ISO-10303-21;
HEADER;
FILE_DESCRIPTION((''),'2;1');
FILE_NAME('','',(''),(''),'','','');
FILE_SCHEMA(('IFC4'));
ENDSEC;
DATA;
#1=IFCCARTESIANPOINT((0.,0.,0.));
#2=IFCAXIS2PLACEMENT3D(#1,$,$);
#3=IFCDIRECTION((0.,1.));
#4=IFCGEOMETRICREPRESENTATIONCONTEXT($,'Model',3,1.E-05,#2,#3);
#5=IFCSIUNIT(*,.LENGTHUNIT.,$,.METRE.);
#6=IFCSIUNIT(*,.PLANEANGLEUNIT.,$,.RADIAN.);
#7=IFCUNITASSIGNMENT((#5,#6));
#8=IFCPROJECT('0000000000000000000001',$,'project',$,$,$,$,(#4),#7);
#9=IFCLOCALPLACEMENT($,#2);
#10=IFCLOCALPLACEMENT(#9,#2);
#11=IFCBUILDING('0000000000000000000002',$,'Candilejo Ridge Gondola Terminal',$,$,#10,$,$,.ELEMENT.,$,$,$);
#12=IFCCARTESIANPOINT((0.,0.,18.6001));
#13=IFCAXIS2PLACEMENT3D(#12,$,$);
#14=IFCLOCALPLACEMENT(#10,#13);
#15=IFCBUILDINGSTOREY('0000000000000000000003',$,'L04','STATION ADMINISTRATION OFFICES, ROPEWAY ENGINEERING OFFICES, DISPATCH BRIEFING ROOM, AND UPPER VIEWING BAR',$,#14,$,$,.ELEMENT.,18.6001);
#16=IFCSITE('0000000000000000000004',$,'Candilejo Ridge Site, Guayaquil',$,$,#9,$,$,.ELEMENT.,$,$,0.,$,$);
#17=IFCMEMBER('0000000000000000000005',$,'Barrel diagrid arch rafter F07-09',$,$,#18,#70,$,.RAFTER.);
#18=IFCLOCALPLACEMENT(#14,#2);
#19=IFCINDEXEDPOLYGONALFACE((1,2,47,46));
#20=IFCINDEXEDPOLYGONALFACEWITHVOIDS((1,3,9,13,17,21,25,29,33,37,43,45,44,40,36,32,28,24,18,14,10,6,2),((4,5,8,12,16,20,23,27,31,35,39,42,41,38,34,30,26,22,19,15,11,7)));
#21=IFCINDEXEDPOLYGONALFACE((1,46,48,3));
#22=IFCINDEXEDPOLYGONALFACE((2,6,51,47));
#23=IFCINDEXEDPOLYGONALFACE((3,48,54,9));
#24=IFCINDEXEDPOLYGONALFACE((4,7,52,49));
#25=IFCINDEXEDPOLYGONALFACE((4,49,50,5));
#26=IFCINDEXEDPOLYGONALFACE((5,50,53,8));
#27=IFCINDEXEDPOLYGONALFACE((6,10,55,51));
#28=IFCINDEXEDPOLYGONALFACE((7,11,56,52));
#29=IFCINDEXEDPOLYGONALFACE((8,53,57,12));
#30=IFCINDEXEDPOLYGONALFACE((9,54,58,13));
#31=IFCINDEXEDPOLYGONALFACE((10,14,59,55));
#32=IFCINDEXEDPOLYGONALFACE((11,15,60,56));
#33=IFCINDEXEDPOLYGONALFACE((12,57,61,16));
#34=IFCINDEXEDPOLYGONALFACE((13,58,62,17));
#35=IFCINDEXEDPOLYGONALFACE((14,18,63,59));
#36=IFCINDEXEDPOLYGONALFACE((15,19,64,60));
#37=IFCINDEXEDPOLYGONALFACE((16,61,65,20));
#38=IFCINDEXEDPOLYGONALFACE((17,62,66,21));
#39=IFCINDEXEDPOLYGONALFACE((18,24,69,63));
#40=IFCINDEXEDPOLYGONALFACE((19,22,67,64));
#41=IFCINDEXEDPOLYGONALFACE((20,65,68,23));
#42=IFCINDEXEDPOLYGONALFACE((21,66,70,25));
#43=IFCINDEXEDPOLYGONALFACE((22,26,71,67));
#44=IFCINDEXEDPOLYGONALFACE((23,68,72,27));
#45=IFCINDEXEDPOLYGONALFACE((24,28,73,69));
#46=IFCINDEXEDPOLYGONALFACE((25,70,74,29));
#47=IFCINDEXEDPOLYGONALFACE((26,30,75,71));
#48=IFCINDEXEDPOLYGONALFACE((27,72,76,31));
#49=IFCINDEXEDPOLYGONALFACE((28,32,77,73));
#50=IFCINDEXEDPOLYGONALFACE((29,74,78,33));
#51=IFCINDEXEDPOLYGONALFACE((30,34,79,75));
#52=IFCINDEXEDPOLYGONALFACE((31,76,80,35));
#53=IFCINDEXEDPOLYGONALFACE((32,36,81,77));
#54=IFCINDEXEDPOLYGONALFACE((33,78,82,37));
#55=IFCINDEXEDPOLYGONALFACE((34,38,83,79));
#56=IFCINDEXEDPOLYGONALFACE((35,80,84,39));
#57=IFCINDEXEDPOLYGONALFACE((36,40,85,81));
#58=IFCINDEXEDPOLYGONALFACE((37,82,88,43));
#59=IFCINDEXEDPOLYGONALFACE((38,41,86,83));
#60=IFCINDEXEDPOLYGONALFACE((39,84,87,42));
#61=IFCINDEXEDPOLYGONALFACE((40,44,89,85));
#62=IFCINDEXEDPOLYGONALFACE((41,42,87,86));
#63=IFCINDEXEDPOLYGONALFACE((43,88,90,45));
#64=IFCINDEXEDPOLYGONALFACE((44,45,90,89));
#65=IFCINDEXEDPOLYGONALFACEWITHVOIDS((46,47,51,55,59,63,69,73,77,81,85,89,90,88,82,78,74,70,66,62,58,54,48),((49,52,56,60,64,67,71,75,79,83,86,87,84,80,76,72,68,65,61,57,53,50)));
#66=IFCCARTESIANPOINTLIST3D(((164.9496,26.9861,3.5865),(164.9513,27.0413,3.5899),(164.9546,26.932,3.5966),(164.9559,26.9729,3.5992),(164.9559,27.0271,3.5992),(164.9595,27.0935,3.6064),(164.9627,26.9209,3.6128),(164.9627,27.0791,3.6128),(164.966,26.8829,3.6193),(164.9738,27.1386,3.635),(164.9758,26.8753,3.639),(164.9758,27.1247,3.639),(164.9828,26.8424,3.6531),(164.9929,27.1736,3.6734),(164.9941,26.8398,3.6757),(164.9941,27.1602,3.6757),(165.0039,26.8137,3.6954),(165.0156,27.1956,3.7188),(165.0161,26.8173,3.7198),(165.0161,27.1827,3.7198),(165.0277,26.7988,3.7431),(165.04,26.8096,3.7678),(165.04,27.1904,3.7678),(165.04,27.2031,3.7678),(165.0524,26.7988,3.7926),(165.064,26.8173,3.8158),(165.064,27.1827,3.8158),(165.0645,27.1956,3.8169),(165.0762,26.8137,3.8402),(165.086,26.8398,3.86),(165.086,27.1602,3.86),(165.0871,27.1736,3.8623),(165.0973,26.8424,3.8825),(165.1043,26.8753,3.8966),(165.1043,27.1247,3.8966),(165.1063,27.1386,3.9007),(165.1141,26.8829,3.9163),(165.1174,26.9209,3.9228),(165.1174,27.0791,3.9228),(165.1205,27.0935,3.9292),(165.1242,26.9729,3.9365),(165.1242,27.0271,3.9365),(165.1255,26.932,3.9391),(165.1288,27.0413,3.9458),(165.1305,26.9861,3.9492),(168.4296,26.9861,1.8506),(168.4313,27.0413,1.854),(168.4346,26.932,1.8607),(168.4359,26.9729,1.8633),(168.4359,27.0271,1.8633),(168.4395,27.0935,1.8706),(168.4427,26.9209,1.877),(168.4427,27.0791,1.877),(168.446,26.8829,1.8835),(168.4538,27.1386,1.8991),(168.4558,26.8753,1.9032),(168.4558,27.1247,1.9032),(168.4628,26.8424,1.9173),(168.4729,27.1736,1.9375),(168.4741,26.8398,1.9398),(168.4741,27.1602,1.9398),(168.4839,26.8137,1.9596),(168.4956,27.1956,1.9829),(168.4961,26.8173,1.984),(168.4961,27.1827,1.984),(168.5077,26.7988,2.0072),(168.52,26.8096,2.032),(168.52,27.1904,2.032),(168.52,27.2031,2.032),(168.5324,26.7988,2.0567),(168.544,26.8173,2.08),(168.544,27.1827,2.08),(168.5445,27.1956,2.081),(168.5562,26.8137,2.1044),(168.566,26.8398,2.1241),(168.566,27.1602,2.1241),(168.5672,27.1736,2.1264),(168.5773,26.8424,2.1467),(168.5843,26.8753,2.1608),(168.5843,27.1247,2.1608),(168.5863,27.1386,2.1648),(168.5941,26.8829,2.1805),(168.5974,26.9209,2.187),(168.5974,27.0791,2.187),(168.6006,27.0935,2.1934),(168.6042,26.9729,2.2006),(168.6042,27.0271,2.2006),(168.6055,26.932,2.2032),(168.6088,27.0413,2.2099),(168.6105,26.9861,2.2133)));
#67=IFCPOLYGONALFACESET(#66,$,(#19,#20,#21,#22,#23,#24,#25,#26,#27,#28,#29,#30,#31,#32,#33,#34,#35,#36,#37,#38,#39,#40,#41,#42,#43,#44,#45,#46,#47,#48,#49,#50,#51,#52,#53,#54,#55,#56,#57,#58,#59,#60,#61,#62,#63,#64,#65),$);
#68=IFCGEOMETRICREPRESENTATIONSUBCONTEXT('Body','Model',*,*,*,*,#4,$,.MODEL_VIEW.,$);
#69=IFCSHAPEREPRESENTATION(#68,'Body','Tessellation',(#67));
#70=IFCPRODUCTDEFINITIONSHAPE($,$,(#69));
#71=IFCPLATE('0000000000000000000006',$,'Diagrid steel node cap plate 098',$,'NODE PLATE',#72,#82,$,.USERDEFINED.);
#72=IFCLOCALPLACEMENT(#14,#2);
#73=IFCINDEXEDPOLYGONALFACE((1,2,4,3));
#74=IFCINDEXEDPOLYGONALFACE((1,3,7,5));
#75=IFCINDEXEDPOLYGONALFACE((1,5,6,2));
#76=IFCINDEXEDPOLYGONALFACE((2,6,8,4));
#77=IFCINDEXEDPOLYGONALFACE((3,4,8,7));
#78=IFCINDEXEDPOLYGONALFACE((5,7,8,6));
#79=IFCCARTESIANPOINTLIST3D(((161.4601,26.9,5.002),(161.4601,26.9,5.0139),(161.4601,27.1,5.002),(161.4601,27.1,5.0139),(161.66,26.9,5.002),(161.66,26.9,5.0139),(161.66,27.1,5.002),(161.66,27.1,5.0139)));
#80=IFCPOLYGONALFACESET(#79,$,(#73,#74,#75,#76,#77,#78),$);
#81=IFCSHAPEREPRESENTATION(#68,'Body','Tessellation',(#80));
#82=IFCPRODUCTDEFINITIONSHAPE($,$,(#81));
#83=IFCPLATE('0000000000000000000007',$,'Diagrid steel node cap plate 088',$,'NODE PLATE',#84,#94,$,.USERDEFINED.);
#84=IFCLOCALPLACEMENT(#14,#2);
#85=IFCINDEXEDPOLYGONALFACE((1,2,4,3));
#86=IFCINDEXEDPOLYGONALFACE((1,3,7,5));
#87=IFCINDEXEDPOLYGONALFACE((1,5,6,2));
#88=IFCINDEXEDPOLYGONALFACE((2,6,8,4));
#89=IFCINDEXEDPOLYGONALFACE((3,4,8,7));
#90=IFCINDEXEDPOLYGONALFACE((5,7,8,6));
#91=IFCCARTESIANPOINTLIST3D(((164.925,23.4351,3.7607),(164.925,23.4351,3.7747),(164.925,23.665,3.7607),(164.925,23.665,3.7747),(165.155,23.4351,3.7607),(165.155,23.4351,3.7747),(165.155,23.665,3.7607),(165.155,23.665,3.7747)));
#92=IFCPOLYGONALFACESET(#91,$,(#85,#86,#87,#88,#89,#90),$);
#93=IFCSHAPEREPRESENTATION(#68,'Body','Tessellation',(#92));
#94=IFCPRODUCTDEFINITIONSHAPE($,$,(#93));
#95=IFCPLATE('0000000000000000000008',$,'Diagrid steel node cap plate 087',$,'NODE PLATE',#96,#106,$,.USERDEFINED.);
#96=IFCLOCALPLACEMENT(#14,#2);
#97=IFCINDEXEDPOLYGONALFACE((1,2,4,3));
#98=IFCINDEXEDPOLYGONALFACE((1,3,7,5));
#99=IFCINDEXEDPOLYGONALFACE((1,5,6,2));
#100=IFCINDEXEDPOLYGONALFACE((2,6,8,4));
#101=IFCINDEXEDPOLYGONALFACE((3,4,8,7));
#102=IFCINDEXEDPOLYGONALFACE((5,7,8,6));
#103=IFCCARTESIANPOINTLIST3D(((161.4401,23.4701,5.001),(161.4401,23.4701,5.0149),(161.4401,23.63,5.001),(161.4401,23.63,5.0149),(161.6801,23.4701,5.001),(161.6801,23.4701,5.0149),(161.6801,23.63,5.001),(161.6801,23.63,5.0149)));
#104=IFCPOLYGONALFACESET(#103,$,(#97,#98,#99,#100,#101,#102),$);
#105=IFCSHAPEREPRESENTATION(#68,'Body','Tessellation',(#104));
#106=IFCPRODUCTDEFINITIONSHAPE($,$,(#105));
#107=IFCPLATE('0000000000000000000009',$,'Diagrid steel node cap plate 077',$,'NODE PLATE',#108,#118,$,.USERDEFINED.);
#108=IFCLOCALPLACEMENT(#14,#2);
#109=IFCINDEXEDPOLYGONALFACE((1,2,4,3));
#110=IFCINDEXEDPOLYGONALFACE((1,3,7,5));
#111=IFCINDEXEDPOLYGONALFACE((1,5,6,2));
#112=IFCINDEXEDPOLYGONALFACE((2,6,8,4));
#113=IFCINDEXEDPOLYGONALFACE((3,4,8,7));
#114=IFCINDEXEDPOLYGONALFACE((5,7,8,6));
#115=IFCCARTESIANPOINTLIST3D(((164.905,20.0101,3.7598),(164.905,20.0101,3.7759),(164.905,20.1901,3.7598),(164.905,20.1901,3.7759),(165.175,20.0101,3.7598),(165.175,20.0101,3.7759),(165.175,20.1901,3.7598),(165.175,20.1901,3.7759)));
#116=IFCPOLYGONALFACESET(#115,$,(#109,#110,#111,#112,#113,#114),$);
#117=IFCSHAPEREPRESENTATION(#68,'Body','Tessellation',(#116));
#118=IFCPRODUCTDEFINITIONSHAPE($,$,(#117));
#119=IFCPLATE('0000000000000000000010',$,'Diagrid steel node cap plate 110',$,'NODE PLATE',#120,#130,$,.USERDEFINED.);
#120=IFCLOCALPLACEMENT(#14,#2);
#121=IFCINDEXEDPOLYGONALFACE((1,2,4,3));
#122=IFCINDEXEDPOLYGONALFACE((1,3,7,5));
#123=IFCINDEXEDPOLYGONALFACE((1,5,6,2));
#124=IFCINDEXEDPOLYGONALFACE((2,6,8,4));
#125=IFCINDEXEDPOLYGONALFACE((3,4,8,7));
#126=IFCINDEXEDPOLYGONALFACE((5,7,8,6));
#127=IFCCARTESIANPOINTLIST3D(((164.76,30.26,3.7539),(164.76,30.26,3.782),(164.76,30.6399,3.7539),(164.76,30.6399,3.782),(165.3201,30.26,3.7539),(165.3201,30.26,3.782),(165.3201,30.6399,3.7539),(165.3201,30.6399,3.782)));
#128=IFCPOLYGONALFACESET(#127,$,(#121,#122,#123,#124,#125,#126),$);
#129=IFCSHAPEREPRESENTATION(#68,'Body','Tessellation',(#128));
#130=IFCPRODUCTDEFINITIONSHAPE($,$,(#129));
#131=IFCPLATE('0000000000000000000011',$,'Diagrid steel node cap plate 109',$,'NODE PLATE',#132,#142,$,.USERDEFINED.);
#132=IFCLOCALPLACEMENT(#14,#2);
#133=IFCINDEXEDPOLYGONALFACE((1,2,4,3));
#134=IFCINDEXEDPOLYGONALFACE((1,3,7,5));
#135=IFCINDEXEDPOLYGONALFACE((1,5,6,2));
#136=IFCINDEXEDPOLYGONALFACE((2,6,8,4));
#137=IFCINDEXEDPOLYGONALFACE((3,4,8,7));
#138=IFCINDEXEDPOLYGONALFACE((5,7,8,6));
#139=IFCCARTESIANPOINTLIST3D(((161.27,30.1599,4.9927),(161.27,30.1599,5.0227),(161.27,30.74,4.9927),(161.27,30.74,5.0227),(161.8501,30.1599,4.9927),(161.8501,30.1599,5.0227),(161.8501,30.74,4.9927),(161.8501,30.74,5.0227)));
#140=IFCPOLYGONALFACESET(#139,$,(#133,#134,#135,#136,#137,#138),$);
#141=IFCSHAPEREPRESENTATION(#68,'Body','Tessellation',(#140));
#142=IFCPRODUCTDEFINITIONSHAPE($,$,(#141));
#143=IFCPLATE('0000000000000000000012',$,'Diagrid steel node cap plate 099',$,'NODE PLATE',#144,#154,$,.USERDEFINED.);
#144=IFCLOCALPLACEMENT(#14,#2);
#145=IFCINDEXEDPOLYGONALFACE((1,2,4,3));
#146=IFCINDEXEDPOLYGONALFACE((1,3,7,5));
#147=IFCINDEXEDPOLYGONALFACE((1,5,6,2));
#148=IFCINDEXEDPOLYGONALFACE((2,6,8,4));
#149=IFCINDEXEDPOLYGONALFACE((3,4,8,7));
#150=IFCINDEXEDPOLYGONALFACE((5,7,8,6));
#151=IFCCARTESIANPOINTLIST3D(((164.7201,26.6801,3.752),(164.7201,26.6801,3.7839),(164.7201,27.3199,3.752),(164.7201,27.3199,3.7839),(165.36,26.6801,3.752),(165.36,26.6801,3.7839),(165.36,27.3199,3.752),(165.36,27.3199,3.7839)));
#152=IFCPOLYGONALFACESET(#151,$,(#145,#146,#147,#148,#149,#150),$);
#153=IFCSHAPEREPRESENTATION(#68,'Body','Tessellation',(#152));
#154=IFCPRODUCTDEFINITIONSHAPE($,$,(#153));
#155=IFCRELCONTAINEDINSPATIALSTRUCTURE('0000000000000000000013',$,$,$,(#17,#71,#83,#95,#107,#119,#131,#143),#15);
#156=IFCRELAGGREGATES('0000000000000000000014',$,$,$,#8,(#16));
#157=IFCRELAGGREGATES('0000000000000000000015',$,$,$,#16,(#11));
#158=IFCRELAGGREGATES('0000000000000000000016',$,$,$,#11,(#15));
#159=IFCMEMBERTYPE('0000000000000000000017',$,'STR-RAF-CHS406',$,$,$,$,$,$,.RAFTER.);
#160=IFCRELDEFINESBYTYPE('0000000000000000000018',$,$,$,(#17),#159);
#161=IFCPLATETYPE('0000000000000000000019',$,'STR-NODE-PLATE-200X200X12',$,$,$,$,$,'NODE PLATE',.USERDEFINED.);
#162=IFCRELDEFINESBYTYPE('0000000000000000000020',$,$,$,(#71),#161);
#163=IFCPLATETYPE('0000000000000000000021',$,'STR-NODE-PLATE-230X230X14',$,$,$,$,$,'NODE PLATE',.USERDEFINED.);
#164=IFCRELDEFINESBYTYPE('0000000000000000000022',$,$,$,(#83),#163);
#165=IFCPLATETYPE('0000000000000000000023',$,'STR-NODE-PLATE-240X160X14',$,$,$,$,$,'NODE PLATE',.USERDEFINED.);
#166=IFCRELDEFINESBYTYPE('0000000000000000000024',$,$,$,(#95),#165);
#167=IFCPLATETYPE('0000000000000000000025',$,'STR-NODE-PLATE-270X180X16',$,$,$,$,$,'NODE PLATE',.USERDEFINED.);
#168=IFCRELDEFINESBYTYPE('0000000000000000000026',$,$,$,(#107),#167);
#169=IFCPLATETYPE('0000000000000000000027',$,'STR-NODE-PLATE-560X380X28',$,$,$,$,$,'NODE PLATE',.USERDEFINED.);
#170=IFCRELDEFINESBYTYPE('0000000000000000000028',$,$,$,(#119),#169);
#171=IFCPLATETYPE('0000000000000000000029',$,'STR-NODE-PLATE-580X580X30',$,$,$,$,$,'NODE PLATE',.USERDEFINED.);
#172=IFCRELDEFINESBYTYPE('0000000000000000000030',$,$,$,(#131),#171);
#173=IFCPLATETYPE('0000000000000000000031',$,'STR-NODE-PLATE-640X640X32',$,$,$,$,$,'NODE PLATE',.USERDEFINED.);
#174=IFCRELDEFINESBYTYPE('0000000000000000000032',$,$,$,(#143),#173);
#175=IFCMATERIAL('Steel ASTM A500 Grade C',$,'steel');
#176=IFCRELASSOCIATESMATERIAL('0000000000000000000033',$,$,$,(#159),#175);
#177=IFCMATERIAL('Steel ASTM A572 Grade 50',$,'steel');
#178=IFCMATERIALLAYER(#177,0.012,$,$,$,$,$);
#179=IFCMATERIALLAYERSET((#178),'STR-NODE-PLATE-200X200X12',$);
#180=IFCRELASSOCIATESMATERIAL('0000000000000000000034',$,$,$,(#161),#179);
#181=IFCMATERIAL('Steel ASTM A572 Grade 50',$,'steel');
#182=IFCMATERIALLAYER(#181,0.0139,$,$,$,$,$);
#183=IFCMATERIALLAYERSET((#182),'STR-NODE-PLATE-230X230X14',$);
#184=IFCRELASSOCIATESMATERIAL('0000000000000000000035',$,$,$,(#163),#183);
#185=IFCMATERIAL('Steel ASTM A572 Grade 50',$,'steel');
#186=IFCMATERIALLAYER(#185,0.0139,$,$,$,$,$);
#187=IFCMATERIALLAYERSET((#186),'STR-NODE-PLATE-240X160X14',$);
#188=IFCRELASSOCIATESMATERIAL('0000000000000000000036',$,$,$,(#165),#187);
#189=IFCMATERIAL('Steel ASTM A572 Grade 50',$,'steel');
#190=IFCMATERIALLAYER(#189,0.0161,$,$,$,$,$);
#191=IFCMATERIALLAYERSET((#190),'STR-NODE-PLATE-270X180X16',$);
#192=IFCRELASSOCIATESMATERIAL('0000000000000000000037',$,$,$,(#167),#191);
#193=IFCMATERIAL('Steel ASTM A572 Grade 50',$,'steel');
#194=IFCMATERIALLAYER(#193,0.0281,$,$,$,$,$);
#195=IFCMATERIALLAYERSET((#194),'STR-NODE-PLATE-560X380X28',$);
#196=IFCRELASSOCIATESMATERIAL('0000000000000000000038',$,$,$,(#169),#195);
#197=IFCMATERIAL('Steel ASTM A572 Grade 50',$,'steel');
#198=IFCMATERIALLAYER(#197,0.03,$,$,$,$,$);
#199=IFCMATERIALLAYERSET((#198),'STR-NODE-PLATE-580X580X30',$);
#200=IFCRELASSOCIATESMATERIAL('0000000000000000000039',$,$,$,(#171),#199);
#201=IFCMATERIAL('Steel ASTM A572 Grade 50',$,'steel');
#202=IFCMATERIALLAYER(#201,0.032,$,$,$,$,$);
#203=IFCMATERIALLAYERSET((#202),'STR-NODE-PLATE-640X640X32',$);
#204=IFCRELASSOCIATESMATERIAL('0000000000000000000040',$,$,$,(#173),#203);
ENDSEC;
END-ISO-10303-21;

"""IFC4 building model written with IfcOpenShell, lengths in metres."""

from ifc_helpers import new_model, si_unit, direction, frame, origin, origin_2d, place, context, subcontext, project, spatial, rectangle, hollow_circle, extrude, material, layer, layer_set, material_profile, profile_set, type_object, element, save


model = new_model("IFC4")

# Units and contexts
model_context = context("Model", 3, precision=1e-05, world=origin(), true_north=direction((0.0, 1.0)))
body_context = subcontext(model_context, "Body", "Model", "MODEL_VIEW")
ifc_project = project(units=[si_unit("LENGTHUNIT", "METRE"), si_unit("PLANEANGLEUNIT", "RADIAN")], contexts=[model_context])

# Site, building, storey
site_placement = place(None, origin())
site = spatial("IfcSite", under=ifc_project, at=site_placement, Name="Candilejo Ridge Site, Guayaquil", CompositionType="ELEMENT", RefElevation=0.0)
building_placement = place(site_placement, origin())
building = spatial("IfcBuilding", under=site, at=building_placement, Name="Candilejo Ridge Gondola Terminal", CompositionType="ELEMENT")
storey_placement = place(building_placement, frame((0.0, 0.0, 18.6001)))
storey = spatial("IfcBuildingStorey", under=building, at=storey_placement, Name="L04", Description="STATION ADMINISTRATION OFFICES, ROPEWAY ENGINEERING OFFICES, DISPATCH BRIEFING ROOM, AND UPPER VIEWING BAR", CompositionType="ELEMENT", Elevation=18.6001)

# Member
ifc_material_1 = material(Name="Steel ASTM A500 Grade C", Category="steel")
ifc_material_profile_1 = material_profile(ifc_material_1, hollow_circle(Radius=0.2031, WallThickness=0.0127, at=origin_2d()))
ifc_profile_set_1 = profile_set([ifc_material_profile_1], Name="Steel ASTM A500 Grade C")
member_type_1 = type_object("IfcMemberType", Name="STR-RAF-CHS406", PredefinedType="RAFTER", material=ifc_profile_set_1)
member_1_placement = place(storey_placement, frame((165.04, 27.0, 3.7678), z_axis=(0.894854, 0.0, -0.44636), x_axis=(0.0, 1.0, 0.0)))
element("IfcMember", 1, at=member_1_placement, inside=storey, type_object=member_type_1, Name="Barrel diagrid arch rafter F07-09", PredefinedType="RAFTER", context=body_context, shape_type="SweptSolid", body=[
    extrude(hollow_circle(Radius=0.2031, WallThickness=0.0127, at=origin_2d()), origin(), (0.0, 0.0, 1.0), 3.8889),
])

# Plates
ifc_material_2 = material(Name="Steel ASTM A572 Grade 50", Category="steel")
ifc_layer_1 = layer(ifc_material_2, 0.012)
ifc_layer_set_1 = layer_set([ifc_layer_1], Name="STR-NODE-PLATE-200X200X12")
plate_type_1 = type_object("IfcPlateType", Name="STR-NODE-PLATE-200X200X12", ElementType="NODE PLATE", PredefinedType="USERDEFINED", material=ifc_layer_set_1)
plate_1_placement = place(storey_placement, frame((161.5601, 27.0, 5.002), z_axis=(0.0, 0.0, 1.0), x_axis=(1.0, 0.0, 0.0)))
element("IfcPlate", 2, at=plate_1_placement, inside=storey, type_object=plate_type_1, Name="Diagrid steel node cap plate 098", ObjectType="NODE PLATE", PredefinedType="USERDEFINED", context=body_context, shape_type="SweptSolid", body=[
    extrude(rectangle(XDim=0.2, YDim=0.2, at=origin_2d()), origin(), (0.0, 0.0, 1.0), 0.012),
])
ifc_material_3 = material(Name="Steel ASTM A572 Grade 50", Category="steel")
ifc_layer_2 = layer(ifc_material_3, 0.0139)
ifc_layer_set_2 = layer_set([ifc_layer_2], Name="STR-NODE-PLATE-230X230X14")
plate_type_2 = type_object("IfcPlateType", Name="STR-NODE-PLATE-230X230X14", ElementType="NODE PLATE", PredefinedType="USERDEFINED", material=ifc_layer_set_2)
plate_2_placement = place(storey_placement, frame((165.04, 23.55, 3.7607), z_axis=(0.0, 0.0, 1.0), x_axis=(1.0, 0.0, 0.0)))
element("IfcPlate", 3, at=plate_2_placement, inside=storey, type_object=plate_type_2, Name="Diagrid steel node cap plate 088", ObjectType="NODE PLATE", PredefinedType="USERDEFINED", context=body_context, shape_type="SweptSolid", body=[
    extrude(rectangle(XDim=0.23, YDim=0.23, at=origin_2d()), origin(), (0.0, 0.0, 1.0), 0.0139),
])
ifc_material_4 = material(Name="Steel ASTM A572 Grade 50", Category="steel")
ifc_layer_3 = layer(ifc_material_4, 0.0139)
ifc_layer_set_3 = layer_set([ifc_layer_3], Name="STR-NODE-PLATE-240X160X14")
plate_type_3 = type_object("IfcPlateType", Name="STR-NODE-PLATE-240X160X14", ElementType="NODE PLATE", PredefinedType="USERDEFINED", material=ifc_layer_set_3)
plate_3_placement = place(storey_placement, frame((161.5601, 23.55, 5.001), z_axis=(0.0, 0.0, 1.0), x_axis=(1.0, 0.0, 0.0)))
element("IfcPlate", 4, at=plate_3_placement, inside=storey, type_object=plate_type_3, Name="Diagrid steel node cap plate 087", ObjectType="NODE PLATE", PredefinedType="USERDEFINED", context=body_context, shape_type="SweptSolid", body=[
    extrude(rectangle(XDim=0.24, YDim=0.1599, at=origin_2d()), origin(), (0.0, 0.0, 1.0), 0.0139),
])
ifc_material_5 = material(Name="Steel ASTM A572 Grade 50", Category="steel")
ifc_layer_4 = layer(ifc_material_5, 0.0161)
ifc_layer_set_4 = layer_set([ifc_layer_4], Name="STR-NODE-PLATE-270X180X16")
plate_type_4 = type_object("IfcPlateType", Name="STR-NODE-PLATE-270X180X16", ElementType="NODE PLATE", PredefinedType="USERDEFINED", material=ifc_layer_set_4)
plate_4_placement = place(storey_placement, frame((165.04, 20.1001, 3.7598), z_axis=(0.0, 0.0, 1.0), x_axis=(1.0, 0.0, 0.0)))
element("IfcPlate", 5, at=plate_4_placement, inside=storey, type_object=plate_type_4, Name="Diagrid steel node cap plate 077", ObjectType="NODE PLATE", PredefinedType="USERDEFINED", context=body_context, shape_type="SweptSolid", body=[
    extrude(rectangle(XDim=0.27, YDim=0.1799, at=origin_2d()), origin(), (0.0, 0.0, 1.0), 0.0161),
])
ifc_material_6 = material(Name="Steel ASTM A572 Grade 50", Category="steel")
ifc_layer_5 = layer(ifc_material_6, 0.0281)
ifc_layer_set_5 = layer_set([ifc_layer_5], Name="STR-NODE-PLATE-560X380X28")
plate_type_5 = type_object("IfcPlateType", Name="STR-NODE-PLATE-560X380X28", ElementType="NODE PLATE", PredefinedType="USERDEFINED", material=ifc_layer_set_5)
plate_5_placement = place(storey_placement, frame((165.04, 30.45, 3.7539), z_axis=(0.0, 0.0, 1.0), x_axis=(1.0, 0.0, 0.0)))
element("IfcPlate", 6, at=plate_5_placement, inside=storey, type_object=plate_type_5, Name="Diagrid steel node cap plate 110", ObjectType="NODE PLATE", PredefinedType="USERDEFINED", context=body_context, shape_type="SweptSolid", body=[
    extrude(rectangle(XDim=0.5601, YDim=0.3799, at=origin_2d()), origin(), (0.0, 0.0, 1.0), 0.0281),
])
ifc_material_7 = material(Name="Steel ASTM A572 Grade 50", Category="steel")
ifc_layer_6 = layer(ifc_material_7, 0.03)
ifc_layer_set_6 = layer_set([ifc_layer_6], Name="STR-NODE-PLATE-580X580X30")
plate_type_6 = type_object("IfcPlateType", Name="STR-NODE-PLATE-580X580X30", ElementType="NODE PLATE", PredefinedType="USERDEFINED", material=ifc_layer_set_6)
plate_6_placement = place(storey_placement, frame((161.5601, 30.45, 4.9927), z_axis=(0.0, 0.0, 1.0), x_axis=(1.0, 0.0, 0.0)))
element("IfcPlate", 7, at=plate_6_placement, inside=storey, type_object=plate_type_6, Name="Diagrid steel node cap plate 109", ObjectType="NODE PLATE", PredefinedType="USERDEFINED", context=body_context, shape_type="SweptSolid", body=[
    extrude(rectangle(XDim=0.5801, YDim=0.5801, at=origin_2d()), origin(), (0.0, 0.0, 1.0), 0.03),
])
ifc_material_8 = material(Name="Steel ASTM A572 Grade 50", Category="steel")
ifc_layer_7 = layer(ifc_material_8, 0.032)
ifc_layer_set_7 = layer_set([ifc_layer_7], Name="STR-NODE-PLATE-640X640X32")
plate_type_7 = type_object("IfcPlateType", Name="STR-NODE-PLATE-640X640X32", ElementType="NODE PLATE", PredefinedType="USERDEFINED", material=ifc_layer_set_7)
plate_7_placement = place(storey_placement, frame((165.04, 27.0, 3.752), z_axis=(0.0, 0.0, 1.0), x_axis=(1.0, 0.0, 0.0)))
element("IfcPlate", 8, at=plate_7_placement, inside=storey, type_object=plate_type_7, Name="Diagrid steel node cap plate 099", ObjectType="NODE PLATE", PredefinedType="USERDEFINED", context=body_context, shape_type="SweptSolid", body=[
    extrude(rectangle(XDim=0.6399, YDim=0.6399, at=origin_2d()), origin(), (0.0, 0.0, 1.0), 0.032),
])

save(model, "model.ifc")
